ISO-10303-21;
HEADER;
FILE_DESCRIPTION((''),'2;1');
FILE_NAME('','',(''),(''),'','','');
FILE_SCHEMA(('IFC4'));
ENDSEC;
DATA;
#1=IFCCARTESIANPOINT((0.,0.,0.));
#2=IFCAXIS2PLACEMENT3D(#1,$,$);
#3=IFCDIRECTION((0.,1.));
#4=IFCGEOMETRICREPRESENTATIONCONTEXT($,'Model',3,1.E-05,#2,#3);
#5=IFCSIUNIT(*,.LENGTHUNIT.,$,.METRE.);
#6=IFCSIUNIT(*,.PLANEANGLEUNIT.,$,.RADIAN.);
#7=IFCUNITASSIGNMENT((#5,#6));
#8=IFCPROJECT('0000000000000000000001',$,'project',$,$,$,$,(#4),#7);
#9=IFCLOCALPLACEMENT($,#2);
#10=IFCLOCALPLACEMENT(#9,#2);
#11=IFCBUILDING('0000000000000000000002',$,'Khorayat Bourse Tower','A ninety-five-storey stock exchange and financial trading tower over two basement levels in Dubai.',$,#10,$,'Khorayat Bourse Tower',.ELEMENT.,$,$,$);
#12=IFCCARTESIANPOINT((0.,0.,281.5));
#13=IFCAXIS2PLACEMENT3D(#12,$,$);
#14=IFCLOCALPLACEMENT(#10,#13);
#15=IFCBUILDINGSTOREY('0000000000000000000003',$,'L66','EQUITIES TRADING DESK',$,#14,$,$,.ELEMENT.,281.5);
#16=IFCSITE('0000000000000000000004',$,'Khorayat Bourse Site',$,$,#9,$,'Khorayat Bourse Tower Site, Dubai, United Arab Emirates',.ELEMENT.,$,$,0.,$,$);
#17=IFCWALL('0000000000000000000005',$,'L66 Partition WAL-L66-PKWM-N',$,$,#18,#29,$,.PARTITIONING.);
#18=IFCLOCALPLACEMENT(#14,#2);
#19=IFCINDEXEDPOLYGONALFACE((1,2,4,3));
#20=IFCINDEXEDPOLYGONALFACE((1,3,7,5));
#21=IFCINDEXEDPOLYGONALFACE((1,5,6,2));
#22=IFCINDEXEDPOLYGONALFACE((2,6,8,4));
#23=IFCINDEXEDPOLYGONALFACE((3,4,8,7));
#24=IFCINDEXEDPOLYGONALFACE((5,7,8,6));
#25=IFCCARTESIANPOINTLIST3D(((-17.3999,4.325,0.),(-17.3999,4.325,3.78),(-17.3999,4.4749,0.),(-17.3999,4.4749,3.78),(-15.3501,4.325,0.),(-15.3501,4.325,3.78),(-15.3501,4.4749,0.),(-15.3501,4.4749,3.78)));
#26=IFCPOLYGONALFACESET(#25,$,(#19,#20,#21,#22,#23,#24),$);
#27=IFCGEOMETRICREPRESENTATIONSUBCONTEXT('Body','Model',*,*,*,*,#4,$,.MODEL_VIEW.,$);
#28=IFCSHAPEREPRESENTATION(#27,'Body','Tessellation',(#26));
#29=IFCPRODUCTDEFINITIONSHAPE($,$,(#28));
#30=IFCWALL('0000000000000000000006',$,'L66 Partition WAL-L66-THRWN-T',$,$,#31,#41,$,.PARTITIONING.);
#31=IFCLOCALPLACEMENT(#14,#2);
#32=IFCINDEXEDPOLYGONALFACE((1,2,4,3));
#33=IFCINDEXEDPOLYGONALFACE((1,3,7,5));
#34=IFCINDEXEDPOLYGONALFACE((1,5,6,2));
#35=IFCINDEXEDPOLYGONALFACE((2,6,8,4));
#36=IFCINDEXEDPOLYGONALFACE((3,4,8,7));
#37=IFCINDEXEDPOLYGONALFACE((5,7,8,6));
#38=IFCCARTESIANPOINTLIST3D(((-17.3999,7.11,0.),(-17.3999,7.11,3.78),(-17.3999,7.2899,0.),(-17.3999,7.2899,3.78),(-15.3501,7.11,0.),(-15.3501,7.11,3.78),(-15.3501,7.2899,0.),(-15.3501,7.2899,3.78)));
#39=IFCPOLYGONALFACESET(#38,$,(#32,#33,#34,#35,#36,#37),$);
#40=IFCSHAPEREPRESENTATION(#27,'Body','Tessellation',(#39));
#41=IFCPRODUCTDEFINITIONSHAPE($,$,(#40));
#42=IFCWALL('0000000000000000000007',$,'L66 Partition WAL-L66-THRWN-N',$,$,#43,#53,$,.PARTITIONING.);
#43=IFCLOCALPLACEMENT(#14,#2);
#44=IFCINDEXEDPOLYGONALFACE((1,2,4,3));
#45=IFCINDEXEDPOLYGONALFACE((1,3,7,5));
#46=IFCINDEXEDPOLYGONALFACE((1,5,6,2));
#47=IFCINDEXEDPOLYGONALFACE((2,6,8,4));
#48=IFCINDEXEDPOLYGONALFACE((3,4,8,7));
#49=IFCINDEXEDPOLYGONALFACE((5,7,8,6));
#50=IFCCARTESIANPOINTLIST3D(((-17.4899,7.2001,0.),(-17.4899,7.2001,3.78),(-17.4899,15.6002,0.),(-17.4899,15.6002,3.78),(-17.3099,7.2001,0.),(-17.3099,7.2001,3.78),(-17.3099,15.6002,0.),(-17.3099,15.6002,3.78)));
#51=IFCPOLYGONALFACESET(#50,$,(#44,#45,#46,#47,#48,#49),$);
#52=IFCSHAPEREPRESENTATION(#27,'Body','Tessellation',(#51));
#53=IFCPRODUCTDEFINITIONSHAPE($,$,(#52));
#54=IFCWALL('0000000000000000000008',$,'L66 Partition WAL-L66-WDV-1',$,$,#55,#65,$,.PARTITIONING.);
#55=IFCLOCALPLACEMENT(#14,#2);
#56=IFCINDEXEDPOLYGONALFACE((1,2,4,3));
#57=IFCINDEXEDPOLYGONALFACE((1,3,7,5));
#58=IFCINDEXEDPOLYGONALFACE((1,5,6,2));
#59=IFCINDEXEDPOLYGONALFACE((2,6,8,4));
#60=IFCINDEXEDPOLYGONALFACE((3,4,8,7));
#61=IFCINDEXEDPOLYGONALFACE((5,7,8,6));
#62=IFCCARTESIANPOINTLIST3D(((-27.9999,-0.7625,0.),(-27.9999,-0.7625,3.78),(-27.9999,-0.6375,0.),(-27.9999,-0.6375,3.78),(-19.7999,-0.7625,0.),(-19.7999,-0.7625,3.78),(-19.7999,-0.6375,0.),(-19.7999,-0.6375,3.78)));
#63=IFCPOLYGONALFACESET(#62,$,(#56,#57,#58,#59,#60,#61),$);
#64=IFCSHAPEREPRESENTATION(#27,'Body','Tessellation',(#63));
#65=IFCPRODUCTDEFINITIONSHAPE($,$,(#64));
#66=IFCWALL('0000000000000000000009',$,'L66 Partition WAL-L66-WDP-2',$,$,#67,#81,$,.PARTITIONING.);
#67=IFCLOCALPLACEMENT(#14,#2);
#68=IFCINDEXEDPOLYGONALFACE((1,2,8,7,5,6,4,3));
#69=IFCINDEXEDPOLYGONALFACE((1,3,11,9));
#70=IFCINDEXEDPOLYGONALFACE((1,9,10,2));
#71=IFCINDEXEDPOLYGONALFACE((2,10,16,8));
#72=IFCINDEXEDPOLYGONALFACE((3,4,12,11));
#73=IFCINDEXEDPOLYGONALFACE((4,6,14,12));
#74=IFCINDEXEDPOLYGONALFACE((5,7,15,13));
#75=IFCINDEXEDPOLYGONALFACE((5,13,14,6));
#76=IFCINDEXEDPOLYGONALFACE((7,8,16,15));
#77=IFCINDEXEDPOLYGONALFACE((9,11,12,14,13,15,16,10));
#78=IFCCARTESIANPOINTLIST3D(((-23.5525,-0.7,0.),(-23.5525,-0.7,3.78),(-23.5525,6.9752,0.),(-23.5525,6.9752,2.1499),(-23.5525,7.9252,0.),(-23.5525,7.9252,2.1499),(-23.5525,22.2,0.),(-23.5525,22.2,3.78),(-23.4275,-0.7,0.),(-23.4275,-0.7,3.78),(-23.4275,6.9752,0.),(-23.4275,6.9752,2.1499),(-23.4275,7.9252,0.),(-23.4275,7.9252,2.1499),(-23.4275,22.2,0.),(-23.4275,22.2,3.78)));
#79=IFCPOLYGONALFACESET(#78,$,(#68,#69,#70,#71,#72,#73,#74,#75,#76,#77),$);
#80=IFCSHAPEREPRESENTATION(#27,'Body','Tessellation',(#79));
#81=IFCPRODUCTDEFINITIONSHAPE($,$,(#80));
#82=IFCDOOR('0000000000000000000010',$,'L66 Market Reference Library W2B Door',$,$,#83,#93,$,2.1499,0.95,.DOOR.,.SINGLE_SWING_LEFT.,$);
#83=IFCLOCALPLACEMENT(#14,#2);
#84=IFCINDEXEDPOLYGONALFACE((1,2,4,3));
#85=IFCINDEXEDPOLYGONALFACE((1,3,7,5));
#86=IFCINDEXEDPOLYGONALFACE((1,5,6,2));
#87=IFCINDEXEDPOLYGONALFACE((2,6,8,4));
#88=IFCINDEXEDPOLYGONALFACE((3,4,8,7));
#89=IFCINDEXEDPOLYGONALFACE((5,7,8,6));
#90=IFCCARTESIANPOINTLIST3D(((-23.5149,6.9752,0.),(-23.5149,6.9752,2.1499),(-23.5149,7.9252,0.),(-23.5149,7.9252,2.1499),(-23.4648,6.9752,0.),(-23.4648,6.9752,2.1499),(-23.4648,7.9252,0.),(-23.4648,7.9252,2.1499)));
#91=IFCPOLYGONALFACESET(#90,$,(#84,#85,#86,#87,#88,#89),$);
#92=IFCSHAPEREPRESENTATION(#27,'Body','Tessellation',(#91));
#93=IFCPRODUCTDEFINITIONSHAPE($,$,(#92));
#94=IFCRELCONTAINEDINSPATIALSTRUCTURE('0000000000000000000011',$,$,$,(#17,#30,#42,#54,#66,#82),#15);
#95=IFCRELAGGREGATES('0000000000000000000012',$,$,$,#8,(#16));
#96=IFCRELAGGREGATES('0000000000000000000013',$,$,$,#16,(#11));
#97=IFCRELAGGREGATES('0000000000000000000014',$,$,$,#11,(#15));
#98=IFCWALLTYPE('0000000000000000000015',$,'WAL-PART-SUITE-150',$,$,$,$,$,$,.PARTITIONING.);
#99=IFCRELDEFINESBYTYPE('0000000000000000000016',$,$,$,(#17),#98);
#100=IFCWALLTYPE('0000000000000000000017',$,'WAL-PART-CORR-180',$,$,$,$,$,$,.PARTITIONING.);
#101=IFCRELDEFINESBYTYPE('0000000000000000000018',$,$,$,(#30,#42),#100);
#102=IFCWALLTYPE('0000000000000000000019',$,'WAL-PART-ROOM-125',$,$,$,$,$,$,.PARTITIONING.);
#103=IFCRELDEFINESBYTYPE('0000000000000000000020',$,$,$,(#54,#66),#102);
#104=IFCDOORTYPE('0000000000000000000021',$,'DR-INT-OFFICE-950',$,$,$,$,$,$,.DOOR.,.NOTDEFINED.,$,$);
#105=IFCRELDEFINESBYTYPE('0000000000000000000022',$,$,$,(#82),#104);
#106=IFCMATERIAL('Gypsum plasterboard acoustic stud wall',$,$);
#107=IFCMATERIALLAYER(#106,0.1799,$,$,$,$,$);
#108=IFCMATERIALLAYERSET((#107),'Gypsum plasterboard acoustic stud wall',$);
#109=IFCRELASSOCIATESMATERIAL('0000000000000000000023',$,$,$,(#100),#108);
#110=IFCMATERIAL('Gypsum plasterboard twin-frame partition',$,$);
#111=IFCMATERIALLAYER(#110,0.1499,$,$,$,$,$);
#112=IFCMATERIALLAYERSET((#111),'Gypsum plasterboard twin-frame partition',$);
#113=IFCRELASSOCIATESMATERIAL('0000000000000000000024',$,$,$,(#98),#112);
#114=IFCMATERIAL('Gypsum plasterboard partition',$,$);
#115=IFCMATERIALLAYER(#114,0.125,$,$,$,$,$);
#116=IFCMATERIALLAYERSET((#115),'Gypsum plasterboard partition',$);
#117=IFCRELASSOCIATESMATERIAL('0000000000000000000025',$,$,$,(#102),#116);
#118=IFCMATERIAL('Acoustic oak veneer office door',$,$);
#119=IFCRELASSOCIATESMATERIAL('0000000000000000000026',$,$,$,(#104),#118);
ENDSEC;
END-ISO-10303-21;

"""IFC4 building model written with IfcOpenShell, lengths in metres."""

from ifc_helpers import new_model, si_unit, direction, frame, frame_2d, origin, place, context, subcontext, project, spatial, rectangle, extrude, source, transform, mapped, material, layer, layer_set, type_object, element, fill, save


model = new_model("IFC4")

# Units and contexts
model_context = context("Model", 3, precision=1e-05, world=origin(), true_north=direction((0.0, 1.0)))
body_context = subcontext(model_context, "Body", "Model", "MODEL_VIEW")
ifc_project = project(units=[si_unit("LENGTHUNIT", "METRE"), si_unit("PLANEANGLEUNIT", "RADIAN")], contexts=[model_context])

# Site, building, storey
site_placement = place(None, origin())
site = spatial("IfcSite", under=ifc_project, at=site_placement, Name="Khorayat Bourse Site", LongName="Khorayat Bourse Tower Site, Dubai, United Arab Emirates", CompositionType="ELEMENT", RefElevation=0.0)
building_placement = place(site_placement, origin())
building = spatial("IfcBuilding", under=site, at=building_placement, Name="Khorayat Bourse Tower", Description="A ninety-five-storey stock exchange and financial trading tower over two basement levels in Dubai.", LongName="Khorayat Bourse Tower", CompositionType="ELEMENT")
storey_placement = place(building_placement, frame((0.0, 0.0, 281.5)))
storey = spatial("IfcBuildingStorey", under=building, at=storey_placement, Name="L66", Description="EQUITIES TRADING DESK", CompositionType="ELEMENT", Elevation=281.5)

# Walls
ifc_material_1 = material(Name="Gypsum plasterboard acoustic stud wall")
ifc_layer_1 = layer(ifc_material_1, 0.1799)
ifc_layer_set_1 = layer_set([ifc_layer_1], Name="Gypsum plasterboard acoustic stud wall")
wall_type_1 = type_object("IfcWallType", Name="WAL-PART-CORR-180", PredefinedType="PARTITIONING", material=ifc_layer_set_1)
ifc_material_2 = material(Name="Gypsum plasterboard twin-frame partition")
ifc_layer_2 = layer(ifc_material_2, 0.1499)
ifc_layer_set_2 = layer_set([ifc_layer_2], Name="Gypsum plasterboard twin-frame partition")
wall_type_2 = type_object("IfcWallType", Name="WAL-PART-SUITE-150", PredefinedType="PARTITIONING", material=ifc_layer_set_2)
shared_shape_1 = source(origin(), body_context, "Body", "SweptSolid", [
    extrude(rectangle(XDim=2.0498, YDim=0.1499, at=frame_2d((1.0249, 0.0))), origin(), (0.0, 0.0, 1.0), 3.78),
])
wall_1_placement = place(storey_placement, frame((-17.3999, 4.3999, 0.0), z_axis=(0.0, 0.0, 1.0), x_axis=(1.0, 0.0, 0.0)))
element("IfcWall", 1, at=wall_1_placement, inside=storey, type_object=wall_type_2, Name="L66 Partition WAL-L66-PKWM-N", PredefinedType="PARTITIONING", context=body_context, shape_type="MappedRepresentation", body=[
    mapped(shared_shape_1, transform((0.0, 0.0, 0.0), scale=1.0)),
])
shared_shape_2 = source(origin(), body_context, "Body", "SweptSolid", [
    extrude(rectangle(XDim=2.0498, YDim=0.1799, at=frame_2d((1.0249, 0.0))), origin(), (0.0, 0.0, 1.0), 3.78),
])
wall_2_placement = place(storey_placement, frame((-17.3999, 7.2, 0.0), z_axis=(0.0, 0.0, 1.0), x_axis=(1.0, 0.0, 0.0)))
element("IfcWall", 2, at=wall_2_placement, inside=storey, type_object=wall_type_1, Name="L66 Partition WAL-L66-THRWN-T", PredefinedType="PARTITIONING", context=body_context, shape_type="MappedRepresentation", body=[
    mapped(shared_shape_2, transform((0.0, 0.0, 0.0), scale=1.0)),
])
shared_shape_3 = source(origin(), body_context, "Body", "SweptSolid", [
    extrude(rectangle(XDim=8.4001, YDim=0.1799, at=frame_2d((4.2002, 0.0))), origin(), (0.0, 0.0, 1.0), 3.78),
])
wall_3_placement = place(storey_placement, frame((-17.3999, 7.2, 0.0), z_axis=(0.0, 0.0, 1.0), x_axis=(0.0, 1.0, 0.0)))
element("IfcWall", 3, at=wall_3_placement, inside=storey, type_object=wall_type_1, Name="L66 Partition WAL-L66-THRWN-N", PredefinedType="PARTITIONING", context=body_context, shape_type="MappedRepresentation", body=[
    mapped(shared_shape_3, transform((0.0, 0.0, 0.0), scale=1.0)),
])
ifc_material_3 = material(Name="Gypsum plasterboard partition")
ifc_layer_3 = layer(ifc_material_3, 0.125)
ifc_layer_set_3 = layer_set([ifc_layer_3], Name="Gypsum plasterboard partition")
wall_type_3 = type_object("IfcWallType", Name="WAL-PART-ROOM-125", PredefinedType="PARTITIONING", material=ifc_layer_set_3)
shared_shape_4 = source(origin(), body_context, "Body", "SweptSolid", [
    extrude(rectangle(XDim=8.2, YDim=0.125, at=frame_2d((4.1001, 0.0))), origin(), (0.0, 0.0, 1.0), 3.78),
])
wall_4_placement = place(storey_placement, frame((-28.0, -0.7, 0.0), z_axis=(0.0, 0.0, 1.0), x_axis=(1.0, 0.0, 0.0)))
element("IfcWall", 4, at=wall_4_placement, inside=storey, type_object=wall_type_3, Name="L66 Partition WAL-L66-WDV-1", PredefinedType="PARTITIONING", context=body_context, shape_type="MappedRepresentation", body=[
    mapped(shared_shape_4, transform((0.0, 0.0, 0.0), scale=1.0)),
])

# Wall, opening, door
shared_shape_5 = source(origin(), body_context, "Body", "SweptSolid", [
    extrude(rectangle(XDim=22.8999, YDim=0.125, at=frame_2d((11.45, 0.0))), origin(), (0.0, 0.0, 1.0), 3.78),
])
wall_5_placement = place(storey_placement, frame((-23.49, -0.7, 0.0), z_axis=(0.0, 0.0, 1.0), x_axis=(0.0, 1.0, 0.0)))
wall_5 = element("IfcWall", 5, at=wall_5_placement, inside=storey, type_object=wall_type_3, Name="L66 Partition WAL-L66-WDP-2", PredefinedType="PARTITIONING", context=body_context, shape_type="MappedRepresentation", body=[
    mapped(shared_shape_5, transform((0.0, 0.0, 0.0), scale=1.0)),
])
shared_shape_6 = source(origin(), body_context, "Body", "SweptSolid", [
    extrude(rectangle(XDim=0.95, YDim=2.1499, at=frame_2d((0.4751, 1.075))), frame((0.0, 0.0725, 0.0), z_axis=(0.0, -1.0, 0.0), x_axis=(1.0, 0.0, 0.0)), (0.0, 0.0, 1.0), 0.145),
])
opening_placement = place(wall_5_placement, frame((7.675, 0.0, 0.0)))
opening = element("IfcOpeningElement", 6, at=opening_placement, cuts=wall_5, PredefinedType="OPENING", context=body_context, shape_type="MappedRepresentation", body=[
    mapped(shared_shape_6, transform((0.0, 0.0, 0.0), scale=1.0)),
])
ifc_material_4 = material(Name="Acoustic oak veneer office door")
door_type = type_object("IfcDoorType", Name="DR-INT-OFFICE-950", OperationType="NOTDEFINED", PredefinedType="DOOR", material=ifc_material_4)
shared_shape_7 = source(origin(), body_context, "Body", "SweptSolid", [
    extrude(rectangle(XDim=0.95, YDim=2.1499, at=frame_2d((0.4751, 1.075))), frame((0.0, 0.0249, 0.0), z_axis=(0.0, -1.0, 0.0), x_axis=(1.0, 0.0, 0.0)), (0.0, 0.0, 1.0), 0.05),
])
door_placement = place(opening_placement, origin())
door = element("IfcDoor", 7, at=door_placement, inside=storey, type_object=door_type, Name="L66 Market Reference Library W2B Door", OperationType="SINGLE_SWING_LEFT", OverallHeight=2.1499, OverallWidth=0.95, PredefinedType="DOOR", context=body_context, shape_type="MappedRepresentation", body=[
    mapped(shared_shape_7, transform((0.0, 0.0, 0.0), scale=1.0)),
])
fill(opening, door)

save(model, "model.ifc")
